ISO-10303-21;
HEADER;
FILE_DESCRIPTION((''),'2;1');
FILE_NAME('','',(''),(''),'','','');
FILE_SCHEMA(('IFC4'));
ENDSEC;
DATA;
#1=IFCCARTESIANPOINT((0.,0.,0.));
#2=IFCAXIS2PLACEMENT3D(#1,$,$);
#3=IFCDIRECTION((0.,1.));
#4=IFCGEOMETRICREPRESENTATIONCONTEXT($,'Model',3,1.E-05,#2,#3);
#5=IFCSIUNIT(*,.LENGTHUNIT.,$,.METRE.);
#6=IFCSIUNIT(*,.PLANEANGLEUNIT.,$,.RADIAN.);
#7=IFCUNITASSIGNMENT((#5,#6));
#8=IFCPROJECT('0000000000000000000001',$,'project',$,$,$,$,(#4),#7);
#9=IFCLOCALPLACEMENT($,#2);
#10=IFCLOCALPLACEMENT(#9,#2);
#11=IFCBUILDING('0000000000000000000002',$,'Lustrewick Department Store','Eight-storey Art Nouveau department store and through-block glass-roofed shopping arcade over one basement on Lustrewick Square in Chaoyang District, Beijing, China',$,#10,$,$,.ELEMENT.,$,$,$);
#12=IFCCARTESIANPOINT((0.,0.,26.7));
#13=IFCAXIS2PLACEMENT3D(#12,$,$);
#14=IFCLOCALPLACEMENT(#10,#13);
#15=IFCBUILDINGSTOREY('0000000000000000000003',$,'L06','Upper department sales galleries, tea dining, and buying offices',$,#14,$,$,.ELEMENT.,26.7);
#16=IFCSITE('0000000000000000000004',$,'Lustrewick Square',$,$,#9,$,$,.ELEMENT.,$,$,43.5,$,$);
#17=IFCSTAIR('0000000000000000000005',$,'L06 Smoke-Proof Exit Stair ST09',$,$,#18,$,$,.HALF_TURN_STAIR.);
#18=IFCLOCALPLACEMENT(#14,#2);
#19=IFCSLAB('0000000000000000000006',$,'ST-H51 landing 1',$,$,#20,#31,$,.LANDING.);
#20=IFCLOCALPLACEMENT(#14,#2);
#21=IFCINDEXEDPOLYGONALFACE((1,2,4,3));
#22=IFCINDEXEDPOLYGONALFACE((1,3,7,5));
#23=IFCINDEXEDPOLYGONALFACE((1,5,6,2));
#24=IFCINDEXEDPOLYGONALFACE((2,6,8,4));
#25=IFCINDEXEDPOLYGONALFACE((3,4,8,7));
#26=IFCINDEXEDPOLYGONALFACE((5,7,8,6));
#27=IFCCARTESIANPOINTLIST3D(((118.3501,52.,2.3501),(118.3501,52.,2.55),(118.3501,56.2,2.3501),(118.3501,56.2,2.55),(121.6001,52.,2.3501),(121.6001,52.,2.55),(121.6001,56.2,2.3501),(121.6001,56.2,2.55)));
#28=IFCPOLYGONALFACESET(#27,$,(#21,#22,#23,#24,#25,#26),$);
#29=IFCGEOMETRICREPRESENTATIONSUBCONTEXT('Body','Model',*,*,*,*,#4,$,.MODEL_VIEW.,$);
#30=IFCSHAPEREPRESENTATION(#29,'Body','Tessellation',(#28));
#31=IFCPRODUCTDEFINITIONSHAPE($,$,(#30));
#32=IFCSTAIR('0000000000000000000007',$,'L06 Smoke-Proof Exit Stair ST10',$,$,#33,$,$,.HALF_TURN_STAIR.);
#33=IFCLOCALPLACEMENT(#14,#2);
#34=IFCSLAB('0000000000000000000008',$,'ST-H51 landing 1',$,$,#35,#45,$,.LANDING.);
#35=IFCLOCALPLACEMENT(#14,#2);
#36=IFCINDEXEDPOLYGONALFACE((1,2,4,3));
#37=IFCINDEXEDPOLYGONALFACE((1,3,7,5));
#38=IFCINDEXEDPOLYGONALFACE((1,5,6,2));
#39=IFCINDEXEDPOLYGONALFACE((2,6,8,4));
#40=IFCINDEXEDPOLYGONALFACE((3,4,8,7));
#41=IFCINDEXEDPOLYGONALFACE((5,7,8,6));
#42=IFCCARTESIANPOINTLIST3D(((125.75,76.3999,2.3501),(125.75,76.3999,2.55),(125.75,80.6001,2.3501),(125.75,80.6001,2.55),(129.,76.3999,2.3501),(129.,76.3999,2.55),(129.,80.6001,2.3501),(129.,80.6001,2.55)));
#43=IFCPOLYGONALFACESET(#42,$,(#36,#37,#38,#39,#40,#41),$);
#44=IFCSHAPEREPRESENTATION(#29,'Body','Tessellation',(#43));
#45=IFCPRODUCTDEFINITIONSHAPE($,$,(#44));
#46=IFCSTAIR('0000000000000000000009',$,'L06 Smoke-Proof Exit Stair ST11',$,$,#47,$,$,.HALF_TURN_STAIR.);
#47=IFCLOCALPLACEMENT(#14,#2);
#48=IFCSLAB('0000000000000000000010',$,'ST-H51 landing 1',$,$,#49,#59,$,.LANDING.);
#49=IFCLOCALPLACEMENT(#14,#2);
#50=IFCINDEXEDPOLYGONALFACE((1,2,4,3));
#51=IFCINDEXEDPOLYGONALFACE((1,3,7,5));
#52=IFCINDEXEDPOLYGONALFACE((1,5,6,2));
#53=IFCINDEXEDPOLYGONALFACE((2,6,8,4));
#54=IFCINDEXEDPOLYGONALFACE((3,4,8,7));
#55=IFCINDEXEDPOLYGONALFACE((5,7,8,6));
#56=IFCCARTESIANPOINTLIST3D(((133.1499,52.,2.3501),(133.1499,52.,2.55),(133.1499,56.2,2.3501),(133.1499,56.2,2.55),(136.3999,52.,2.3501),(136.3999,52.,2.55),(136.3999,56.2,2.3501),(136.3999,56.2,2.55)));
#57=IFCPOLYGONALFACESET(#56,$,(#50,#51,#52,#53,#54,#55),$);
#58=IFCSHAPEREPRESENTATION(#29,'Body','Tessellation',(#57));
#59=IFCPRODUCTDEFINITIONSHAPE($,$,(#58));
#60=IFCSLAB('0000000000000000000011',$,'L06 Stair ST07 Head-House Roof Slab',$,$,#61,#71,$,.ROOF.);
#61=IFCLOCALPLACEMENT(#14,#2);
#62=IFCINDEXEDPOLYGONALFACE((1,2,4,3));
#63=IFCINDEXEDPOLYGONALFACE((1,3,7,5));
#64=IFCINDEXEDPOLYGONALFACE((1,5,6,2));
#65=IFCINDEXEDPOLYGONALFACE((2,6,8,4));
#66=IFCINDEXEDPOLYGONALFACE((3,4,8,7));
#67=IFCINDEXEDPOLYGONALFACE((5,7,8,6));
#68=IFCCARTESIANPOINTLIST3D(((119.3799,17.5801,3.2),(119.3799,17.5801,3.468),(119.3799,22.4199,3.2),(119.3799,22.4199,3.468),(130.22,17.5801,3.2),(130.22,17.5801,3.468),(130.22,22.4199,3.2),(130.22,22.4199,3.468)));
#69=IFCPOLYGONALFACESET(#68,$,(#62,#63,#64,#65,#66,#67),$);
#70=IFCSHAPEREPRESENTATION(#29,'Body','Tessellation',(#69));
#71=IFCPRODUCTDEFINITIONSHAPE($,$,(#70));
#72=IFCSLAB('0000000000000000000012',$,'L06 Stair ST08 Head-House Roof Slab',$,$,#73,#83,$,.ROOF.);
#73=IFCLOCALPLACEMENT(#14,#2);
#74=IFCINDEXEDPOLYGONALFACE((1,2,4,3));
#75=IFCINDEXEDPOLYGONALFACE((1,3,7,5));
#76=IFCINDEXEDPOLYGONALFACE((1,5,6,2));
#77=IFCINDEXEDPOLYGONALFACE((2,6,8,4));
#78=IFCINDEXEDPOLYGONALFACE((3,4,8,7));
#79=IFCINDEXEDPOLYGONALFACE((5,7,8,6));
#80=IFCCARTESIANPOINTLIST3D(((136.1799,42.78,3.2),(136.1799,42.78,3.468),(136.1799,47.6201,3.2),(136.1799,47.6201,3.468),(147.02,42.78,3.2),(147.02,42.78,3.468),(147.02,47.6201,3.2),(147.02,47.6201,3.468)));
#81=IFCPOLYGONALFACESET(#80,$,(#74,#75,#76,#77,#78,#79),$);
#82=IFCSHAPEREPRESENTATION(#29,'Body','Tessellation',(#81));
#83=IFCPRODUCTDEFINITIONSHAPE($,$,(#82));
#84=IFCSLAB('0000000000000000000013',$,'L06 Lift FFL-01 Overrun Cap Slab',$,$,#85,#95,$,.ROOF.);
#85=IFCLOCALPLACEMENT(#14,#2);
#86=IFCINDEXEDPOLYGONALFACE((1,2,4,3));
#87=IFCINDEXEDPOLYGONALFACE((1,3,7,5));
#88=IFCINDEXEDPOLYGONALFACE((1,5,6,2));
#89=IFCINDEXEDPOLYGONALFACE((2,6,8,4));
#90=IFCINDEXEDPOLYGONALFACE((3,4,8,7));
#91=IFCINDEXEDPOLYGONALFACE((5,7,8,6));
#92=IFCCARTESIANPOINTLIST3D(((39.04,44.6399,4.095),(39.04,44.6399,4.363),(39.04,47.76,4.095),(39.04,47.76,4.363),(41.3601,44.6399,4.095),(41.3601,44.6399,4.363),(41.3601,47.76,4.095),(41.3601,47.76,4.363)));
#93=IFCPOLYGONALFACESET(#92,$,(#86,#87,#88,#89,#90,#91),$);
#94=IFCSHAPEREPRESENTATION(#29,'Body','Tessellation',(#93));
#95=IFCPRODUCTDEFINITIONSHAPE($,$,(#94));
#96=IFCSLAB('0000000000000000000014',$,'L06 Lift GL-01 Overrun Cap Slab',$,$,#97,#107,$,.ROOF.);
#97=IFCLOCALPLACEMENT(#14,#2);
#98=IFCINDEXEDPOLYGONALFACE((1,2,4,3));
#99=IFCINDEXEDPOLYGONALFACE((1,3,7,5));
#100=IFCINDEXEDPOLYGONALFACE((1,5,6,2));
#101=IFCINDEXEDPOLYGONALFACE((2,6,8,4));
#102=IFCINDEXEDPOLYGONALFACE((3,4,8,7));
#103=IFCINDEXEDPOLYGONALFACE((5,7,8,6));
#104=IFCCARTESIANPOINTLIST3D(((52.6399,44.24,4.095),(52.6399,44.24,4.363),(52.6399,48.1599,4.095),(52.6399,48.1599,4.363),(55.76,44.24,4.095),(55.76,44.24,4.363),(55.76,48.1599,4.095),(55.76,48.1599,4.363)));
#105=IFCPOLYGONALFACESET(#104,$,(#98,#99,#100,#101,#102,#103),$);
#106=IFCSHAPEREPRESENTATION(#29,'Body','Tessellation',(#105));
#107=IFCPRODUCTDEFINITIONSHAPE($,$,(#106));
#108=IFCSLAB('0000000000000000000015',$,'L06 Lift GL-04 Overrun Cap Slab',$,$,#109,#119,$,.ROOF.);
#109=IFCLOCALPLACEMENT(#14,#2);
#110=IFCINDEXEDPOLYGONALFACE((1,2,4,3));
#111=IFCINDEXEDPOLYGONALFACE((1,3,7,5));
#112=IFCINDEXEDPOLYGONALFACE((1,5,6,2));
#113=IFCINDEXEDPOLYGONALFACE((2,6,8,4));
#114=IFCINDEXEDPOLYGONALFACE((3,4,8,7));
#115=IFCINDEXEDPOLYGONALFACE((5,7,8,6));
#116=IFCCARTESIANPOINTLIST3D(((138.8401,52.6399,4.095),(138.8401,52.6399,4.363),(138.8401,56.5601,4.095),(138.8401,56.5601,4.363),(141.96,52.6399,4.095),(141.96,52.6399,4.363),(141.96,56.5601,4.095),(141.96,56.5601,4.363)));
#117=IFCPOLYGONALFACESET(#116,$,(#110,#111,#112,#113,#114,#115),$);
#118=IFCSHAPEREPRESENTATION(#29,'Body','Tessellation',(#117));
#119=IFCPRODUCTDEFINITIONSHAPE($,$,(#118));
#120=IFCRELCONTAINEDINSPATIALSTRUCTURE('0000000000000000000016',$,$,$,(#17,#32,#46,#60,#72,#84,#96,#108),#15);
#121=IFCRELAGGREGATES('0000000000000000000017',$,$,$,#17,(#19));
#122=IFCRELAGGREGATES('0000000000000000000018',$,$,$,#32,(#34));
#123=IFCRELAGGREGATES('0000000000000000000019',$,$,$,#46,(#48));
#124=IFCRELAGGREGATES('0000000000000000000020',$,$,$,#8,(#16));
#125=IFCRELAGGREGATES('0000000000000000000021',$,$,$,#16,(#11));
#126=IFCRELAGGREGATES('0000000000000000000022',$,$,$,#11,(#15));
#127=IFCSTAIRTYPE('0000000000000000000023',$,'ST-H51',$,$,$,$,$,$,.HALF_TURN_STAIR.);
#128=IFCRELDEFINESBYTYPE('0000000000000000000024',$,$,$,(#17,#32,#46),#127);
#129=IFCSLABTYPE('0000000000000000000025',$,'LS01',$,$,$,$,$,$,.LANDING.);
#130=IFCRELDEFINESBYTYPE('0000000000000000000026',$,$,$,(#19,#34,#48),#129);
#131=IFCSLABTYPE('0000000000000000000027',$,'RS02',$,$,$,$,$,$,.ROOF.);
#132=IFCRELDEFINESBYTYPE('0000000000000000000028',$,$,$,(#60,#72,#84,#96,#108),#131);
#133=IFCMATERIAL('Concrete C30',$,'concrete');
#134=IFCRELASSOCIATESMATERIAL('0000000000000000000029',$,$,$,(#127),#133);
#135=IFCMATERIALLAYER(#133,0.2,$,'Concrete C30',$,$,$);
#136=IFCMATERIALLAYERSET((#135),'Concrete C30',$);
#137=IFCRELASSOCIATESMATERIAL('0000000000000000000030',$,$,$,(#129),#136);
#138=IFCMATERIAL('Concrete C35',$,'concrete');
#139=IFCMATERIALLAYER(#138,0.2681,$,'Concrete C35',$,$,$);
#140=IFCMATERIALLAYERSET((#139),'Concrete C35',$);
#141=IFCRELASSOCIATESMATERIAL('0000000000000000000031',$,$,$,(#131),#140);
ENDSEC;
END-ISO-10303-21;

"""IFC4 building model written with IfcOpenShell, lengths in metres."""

from ifc_helpers import new_model, si_unit, direction, frame, origin, place, context, subcontext, project, spatial, polyline, outline, extrude, material, layer, layer_set, type_object, element, aggregate, save


model = new_model("IFC4")

# Units and contexts
model_context = context("Model", 3, precision=1e-05, world=origin(), true_north=direction((0.0, 1.0)))
body_context = subcontext(model_context, "Body", "Model", "MODEL_VIEW")
ifc_project = project(units=[si_unit("LENGTHUNIT", "METRE"), si_unit("PLANEANGLEUNIT", "RADIAN")], contexts=[model_context])

# Site, building, storey
site_placement = place(None, origin())
site = spatial("IfcSite", under=ifc_project, at=site_placement, Name="Lustrewick Square", CompositionType="ELEMENT", RefElevation=43.5)
building_placement = place(site_placement, origin())
building = spatial("IfcBuilding", under=site, at=building_placement, Name="Lustrewick Department Store", Description="Eight-storey Art Nouveau department store and through-block glass-roofed shopping arcade over one basement on Lustrewick Square in Chaoyang District, Beijing, China", CompositionType="ELEMENT")
storey_placement = place(building_placement, frame((0.0, 0.0, 26.7)))
storey = spatial("IfcBuildingStorey", under=building, at=storey_placement, Name="L06", Description="Upper department sales galleries, tea dining, and buying offices", CompositionType="ELEMENT", Elevation=26.7)

# Shared definitions
ifc_material_1 = material(Name="Concrete C30", Category="concrete")

# Stairs, slabs
stair_type = type_object("IfcStairType", Name="ST-H51", PredefinedType="HALF_TURN_STAIR", material=ifc_material_1)
ifc_layer_1 = layer(ifc_material_1, 0.2, Name="Concrete C30")
ifc_layer_set_1 = layer_set([ifc_layer_1], Name="Concrete C30")
slab_type_1 = type_object("IfcSlabType", Name="LS01", PredefinedType="LANDING", material=ifc_layer_set_1)
stair_1_placement = place(storey_placement, origin())
stair_1 = element("IfcStair", 1, at=stair_1_placement, inside=storey, type_object=stair_type, Name="L06 Smoke-Proof Exit Stair ST09", PredefinedType="HALF_TURN_STAIR")
slab_1_placement = place(storey_placement, frame((0.0, 0.0, 2.3501)))
slab_1 = element("IfcSlab", 2, at=slab_1_placement, type_object=slab_type_1, Name="ST-H51 landing 1", PredefinedType="LANDING", context=body_context, shape_type="SweptSolid", body=[
    extrude(outline(polyline([(118.3501, 52.0), (121.6001, 52.0), (121.6001, 56.2), (118.3501, 56.2), (118.3501, 52.0)])), origin(), (0.0, 0.0, 1.0), 0.2),
])
aggregate(stair_1, [slab_1])
stair_2_placement = place(storey_placement, origin())
stair_2 = element("IfcStair", 3, at=stair_2_placement, inside=storey, type_object=stair_type, Name="L06 Smoke-Proof Exit Stair ST10", PredefinedType="HALF_TURN_STAIR")
slab_2_placement = place(storey_placement, frame((0.0, 0.0, 2.3501)))
slab_2 = element("IfcSlab", 4, at=slab_2_placement, type_object=slab_type_1, Name="ST-H51 landing 1", PredefinedType="LANDING", context=body_context, shape_type="SweptSolid", body=[
    extrude(outline(polyline([(125.75, 76.3999), (129.0, 76.3999), (129.0, 80.6001), (125.75, 80.6001), (125.75, 76.3999)])), origin(), (0.0, 0.0, 1.0), 0.2),
])
aggregate(stair_2, [slab_2])
stair_3_placement = place(storey_placement, origin())
stair_3 = element("IfcStair", 5, at=stair_3_placement, inside=storey, type_object=stair_type, Name="L06 Smoke-Proof Exit Stair ST11", PredefinedType="HALF_TURN_STAIR")
slab_3_placement = place(storey_placement, frame((0.0, 0.0, 2.3501)))
slab_3 = element("IfcSlab", 6, at=slab_3_placement, type_object=slab_type_1, Name="ST-H51 landing 1", PredefinedType="LANDING", context=body_context, shape_type="SweptSolid", body=[
    extrude(outline(polyline([(133.1499, 52.0), (136.3999, 52.0), (136.3999, 56.2), (133.1499, 56.2), (133.1499, 52.0)])), origin(), (0.0, 0.0, 1.0), 0.2),
])
aggregate(stair_3, [slab_3])

# Slabs
ifc_material_2 = material(Name="Concrete C35", Category="concrete")
ifc_layer_2 = layer(ifc_material_2, 0.2681, Name="Concrete C35")
ifc_layer_set_2 = layer_set([ifc_layer_2], Name="Concrete C35")
slab_type_2 = type_object("IfcSlabType", Name="RS02", PredefinedType="ROOF", material=ifc_layer_set_2)
slab_4_placement = place(storey_placement, frame((0.0, 0.0, 3.2)))
element("IfcSlab", 7, at=slab_4_placement, inside=storey, type_object=slab_type_2, Name="L06 Stair ST07 Head-House Roof Slab", PredefinedType="ROOF", context=body_context, shape_type="SweptSolid", body=[
    extrude(outline(polyline([(130.22, 17.5801), (130.22, 22.4199), (119.3799, 22.4199), (119.3799, 17.5801), (130.22, 17.5801)])), origin(), (0.0, 0.0, 1.0), 0.2681),
])
slab_5_placement = place(storey_placement, frame((0.0, 0.0, 3.2)))
element("IfcSlab", 8, at=slab_5_placement, inside=storey, type_object=slab_type_2, Name="L06 Stair ST08 Head-House Roof Slab", PredefinedType="ROOF", context=body_context, shape_type="SweptSolid", body=[
    extrude(outline(polyline([(147.02, 42.78), (147.02, 47.6201), (136.1799, 47.6201), (136.1799, 42.78), (147.02, 42.78)])), origin(), (0.0, 0.0, 1.0), 0.2681),
])
slab_6_placement = place(storey_placement, frame((0.0, 0.0, 4.095)))
element("IfcSlab", 9, at=slab_6_placement, inside=storey, type_object=slab_type_2, Name="L06 Lift FFL-01 Overrun Cap Slab", PredefinedType="ROOF", context=body_context, shape_type="SweptSolid", body=[
    extrude(outline(polyline([(41.3601, 44.6399), (41.3601, 47.76), (39.04, 47.76), (39.04, 44.6399), (41.3601, 44.6399)])), origin(), (0.0, 0.0, 1.0), 0.2681),
])
slab_7_placement = place(storey_placement, frame((0.0, 0.0, 4.095)))
element("IfcSlab", 10, at=slab_7_placement, inside=storey, type_object=slab_type_2, Name="L06 Lift GL-01 Overrun Cap Slab", PredefinedType="ROOF", context=body_context, shape_type="SweptSolid", body=[
    extrude(outline(polyline([(55.76, 44.24), (55.76, 48.1599), (52.6399, 48.1599), (52.6399, 44.24), (55.76, 44.24)])), origin(), (0.0, 0.0, 1.0), 0.2681),
])
slab_8_placement = place(storey_placement, frame((0.0, 0.0, 4.095)))
element("IfcSlab", 11, at=slab_8_placement, inside=storey, type_object=slab_type_2, Name="L06 Lift GL-04 Overrun Cap Slab", PredefinedType="ROOF", context=body_context, shape_type="SweptSolid", body=[
    extrude(outline(polyline([(141.96, 52.6399), (141.96, 56.5601), (138.8401, 56.5601), (138.8401, 52.6399), (141.96, 52.6399)])), origin(), (0.0, 0.0, 1.0), 0.2681),
])

save(model, "model.ifc")
